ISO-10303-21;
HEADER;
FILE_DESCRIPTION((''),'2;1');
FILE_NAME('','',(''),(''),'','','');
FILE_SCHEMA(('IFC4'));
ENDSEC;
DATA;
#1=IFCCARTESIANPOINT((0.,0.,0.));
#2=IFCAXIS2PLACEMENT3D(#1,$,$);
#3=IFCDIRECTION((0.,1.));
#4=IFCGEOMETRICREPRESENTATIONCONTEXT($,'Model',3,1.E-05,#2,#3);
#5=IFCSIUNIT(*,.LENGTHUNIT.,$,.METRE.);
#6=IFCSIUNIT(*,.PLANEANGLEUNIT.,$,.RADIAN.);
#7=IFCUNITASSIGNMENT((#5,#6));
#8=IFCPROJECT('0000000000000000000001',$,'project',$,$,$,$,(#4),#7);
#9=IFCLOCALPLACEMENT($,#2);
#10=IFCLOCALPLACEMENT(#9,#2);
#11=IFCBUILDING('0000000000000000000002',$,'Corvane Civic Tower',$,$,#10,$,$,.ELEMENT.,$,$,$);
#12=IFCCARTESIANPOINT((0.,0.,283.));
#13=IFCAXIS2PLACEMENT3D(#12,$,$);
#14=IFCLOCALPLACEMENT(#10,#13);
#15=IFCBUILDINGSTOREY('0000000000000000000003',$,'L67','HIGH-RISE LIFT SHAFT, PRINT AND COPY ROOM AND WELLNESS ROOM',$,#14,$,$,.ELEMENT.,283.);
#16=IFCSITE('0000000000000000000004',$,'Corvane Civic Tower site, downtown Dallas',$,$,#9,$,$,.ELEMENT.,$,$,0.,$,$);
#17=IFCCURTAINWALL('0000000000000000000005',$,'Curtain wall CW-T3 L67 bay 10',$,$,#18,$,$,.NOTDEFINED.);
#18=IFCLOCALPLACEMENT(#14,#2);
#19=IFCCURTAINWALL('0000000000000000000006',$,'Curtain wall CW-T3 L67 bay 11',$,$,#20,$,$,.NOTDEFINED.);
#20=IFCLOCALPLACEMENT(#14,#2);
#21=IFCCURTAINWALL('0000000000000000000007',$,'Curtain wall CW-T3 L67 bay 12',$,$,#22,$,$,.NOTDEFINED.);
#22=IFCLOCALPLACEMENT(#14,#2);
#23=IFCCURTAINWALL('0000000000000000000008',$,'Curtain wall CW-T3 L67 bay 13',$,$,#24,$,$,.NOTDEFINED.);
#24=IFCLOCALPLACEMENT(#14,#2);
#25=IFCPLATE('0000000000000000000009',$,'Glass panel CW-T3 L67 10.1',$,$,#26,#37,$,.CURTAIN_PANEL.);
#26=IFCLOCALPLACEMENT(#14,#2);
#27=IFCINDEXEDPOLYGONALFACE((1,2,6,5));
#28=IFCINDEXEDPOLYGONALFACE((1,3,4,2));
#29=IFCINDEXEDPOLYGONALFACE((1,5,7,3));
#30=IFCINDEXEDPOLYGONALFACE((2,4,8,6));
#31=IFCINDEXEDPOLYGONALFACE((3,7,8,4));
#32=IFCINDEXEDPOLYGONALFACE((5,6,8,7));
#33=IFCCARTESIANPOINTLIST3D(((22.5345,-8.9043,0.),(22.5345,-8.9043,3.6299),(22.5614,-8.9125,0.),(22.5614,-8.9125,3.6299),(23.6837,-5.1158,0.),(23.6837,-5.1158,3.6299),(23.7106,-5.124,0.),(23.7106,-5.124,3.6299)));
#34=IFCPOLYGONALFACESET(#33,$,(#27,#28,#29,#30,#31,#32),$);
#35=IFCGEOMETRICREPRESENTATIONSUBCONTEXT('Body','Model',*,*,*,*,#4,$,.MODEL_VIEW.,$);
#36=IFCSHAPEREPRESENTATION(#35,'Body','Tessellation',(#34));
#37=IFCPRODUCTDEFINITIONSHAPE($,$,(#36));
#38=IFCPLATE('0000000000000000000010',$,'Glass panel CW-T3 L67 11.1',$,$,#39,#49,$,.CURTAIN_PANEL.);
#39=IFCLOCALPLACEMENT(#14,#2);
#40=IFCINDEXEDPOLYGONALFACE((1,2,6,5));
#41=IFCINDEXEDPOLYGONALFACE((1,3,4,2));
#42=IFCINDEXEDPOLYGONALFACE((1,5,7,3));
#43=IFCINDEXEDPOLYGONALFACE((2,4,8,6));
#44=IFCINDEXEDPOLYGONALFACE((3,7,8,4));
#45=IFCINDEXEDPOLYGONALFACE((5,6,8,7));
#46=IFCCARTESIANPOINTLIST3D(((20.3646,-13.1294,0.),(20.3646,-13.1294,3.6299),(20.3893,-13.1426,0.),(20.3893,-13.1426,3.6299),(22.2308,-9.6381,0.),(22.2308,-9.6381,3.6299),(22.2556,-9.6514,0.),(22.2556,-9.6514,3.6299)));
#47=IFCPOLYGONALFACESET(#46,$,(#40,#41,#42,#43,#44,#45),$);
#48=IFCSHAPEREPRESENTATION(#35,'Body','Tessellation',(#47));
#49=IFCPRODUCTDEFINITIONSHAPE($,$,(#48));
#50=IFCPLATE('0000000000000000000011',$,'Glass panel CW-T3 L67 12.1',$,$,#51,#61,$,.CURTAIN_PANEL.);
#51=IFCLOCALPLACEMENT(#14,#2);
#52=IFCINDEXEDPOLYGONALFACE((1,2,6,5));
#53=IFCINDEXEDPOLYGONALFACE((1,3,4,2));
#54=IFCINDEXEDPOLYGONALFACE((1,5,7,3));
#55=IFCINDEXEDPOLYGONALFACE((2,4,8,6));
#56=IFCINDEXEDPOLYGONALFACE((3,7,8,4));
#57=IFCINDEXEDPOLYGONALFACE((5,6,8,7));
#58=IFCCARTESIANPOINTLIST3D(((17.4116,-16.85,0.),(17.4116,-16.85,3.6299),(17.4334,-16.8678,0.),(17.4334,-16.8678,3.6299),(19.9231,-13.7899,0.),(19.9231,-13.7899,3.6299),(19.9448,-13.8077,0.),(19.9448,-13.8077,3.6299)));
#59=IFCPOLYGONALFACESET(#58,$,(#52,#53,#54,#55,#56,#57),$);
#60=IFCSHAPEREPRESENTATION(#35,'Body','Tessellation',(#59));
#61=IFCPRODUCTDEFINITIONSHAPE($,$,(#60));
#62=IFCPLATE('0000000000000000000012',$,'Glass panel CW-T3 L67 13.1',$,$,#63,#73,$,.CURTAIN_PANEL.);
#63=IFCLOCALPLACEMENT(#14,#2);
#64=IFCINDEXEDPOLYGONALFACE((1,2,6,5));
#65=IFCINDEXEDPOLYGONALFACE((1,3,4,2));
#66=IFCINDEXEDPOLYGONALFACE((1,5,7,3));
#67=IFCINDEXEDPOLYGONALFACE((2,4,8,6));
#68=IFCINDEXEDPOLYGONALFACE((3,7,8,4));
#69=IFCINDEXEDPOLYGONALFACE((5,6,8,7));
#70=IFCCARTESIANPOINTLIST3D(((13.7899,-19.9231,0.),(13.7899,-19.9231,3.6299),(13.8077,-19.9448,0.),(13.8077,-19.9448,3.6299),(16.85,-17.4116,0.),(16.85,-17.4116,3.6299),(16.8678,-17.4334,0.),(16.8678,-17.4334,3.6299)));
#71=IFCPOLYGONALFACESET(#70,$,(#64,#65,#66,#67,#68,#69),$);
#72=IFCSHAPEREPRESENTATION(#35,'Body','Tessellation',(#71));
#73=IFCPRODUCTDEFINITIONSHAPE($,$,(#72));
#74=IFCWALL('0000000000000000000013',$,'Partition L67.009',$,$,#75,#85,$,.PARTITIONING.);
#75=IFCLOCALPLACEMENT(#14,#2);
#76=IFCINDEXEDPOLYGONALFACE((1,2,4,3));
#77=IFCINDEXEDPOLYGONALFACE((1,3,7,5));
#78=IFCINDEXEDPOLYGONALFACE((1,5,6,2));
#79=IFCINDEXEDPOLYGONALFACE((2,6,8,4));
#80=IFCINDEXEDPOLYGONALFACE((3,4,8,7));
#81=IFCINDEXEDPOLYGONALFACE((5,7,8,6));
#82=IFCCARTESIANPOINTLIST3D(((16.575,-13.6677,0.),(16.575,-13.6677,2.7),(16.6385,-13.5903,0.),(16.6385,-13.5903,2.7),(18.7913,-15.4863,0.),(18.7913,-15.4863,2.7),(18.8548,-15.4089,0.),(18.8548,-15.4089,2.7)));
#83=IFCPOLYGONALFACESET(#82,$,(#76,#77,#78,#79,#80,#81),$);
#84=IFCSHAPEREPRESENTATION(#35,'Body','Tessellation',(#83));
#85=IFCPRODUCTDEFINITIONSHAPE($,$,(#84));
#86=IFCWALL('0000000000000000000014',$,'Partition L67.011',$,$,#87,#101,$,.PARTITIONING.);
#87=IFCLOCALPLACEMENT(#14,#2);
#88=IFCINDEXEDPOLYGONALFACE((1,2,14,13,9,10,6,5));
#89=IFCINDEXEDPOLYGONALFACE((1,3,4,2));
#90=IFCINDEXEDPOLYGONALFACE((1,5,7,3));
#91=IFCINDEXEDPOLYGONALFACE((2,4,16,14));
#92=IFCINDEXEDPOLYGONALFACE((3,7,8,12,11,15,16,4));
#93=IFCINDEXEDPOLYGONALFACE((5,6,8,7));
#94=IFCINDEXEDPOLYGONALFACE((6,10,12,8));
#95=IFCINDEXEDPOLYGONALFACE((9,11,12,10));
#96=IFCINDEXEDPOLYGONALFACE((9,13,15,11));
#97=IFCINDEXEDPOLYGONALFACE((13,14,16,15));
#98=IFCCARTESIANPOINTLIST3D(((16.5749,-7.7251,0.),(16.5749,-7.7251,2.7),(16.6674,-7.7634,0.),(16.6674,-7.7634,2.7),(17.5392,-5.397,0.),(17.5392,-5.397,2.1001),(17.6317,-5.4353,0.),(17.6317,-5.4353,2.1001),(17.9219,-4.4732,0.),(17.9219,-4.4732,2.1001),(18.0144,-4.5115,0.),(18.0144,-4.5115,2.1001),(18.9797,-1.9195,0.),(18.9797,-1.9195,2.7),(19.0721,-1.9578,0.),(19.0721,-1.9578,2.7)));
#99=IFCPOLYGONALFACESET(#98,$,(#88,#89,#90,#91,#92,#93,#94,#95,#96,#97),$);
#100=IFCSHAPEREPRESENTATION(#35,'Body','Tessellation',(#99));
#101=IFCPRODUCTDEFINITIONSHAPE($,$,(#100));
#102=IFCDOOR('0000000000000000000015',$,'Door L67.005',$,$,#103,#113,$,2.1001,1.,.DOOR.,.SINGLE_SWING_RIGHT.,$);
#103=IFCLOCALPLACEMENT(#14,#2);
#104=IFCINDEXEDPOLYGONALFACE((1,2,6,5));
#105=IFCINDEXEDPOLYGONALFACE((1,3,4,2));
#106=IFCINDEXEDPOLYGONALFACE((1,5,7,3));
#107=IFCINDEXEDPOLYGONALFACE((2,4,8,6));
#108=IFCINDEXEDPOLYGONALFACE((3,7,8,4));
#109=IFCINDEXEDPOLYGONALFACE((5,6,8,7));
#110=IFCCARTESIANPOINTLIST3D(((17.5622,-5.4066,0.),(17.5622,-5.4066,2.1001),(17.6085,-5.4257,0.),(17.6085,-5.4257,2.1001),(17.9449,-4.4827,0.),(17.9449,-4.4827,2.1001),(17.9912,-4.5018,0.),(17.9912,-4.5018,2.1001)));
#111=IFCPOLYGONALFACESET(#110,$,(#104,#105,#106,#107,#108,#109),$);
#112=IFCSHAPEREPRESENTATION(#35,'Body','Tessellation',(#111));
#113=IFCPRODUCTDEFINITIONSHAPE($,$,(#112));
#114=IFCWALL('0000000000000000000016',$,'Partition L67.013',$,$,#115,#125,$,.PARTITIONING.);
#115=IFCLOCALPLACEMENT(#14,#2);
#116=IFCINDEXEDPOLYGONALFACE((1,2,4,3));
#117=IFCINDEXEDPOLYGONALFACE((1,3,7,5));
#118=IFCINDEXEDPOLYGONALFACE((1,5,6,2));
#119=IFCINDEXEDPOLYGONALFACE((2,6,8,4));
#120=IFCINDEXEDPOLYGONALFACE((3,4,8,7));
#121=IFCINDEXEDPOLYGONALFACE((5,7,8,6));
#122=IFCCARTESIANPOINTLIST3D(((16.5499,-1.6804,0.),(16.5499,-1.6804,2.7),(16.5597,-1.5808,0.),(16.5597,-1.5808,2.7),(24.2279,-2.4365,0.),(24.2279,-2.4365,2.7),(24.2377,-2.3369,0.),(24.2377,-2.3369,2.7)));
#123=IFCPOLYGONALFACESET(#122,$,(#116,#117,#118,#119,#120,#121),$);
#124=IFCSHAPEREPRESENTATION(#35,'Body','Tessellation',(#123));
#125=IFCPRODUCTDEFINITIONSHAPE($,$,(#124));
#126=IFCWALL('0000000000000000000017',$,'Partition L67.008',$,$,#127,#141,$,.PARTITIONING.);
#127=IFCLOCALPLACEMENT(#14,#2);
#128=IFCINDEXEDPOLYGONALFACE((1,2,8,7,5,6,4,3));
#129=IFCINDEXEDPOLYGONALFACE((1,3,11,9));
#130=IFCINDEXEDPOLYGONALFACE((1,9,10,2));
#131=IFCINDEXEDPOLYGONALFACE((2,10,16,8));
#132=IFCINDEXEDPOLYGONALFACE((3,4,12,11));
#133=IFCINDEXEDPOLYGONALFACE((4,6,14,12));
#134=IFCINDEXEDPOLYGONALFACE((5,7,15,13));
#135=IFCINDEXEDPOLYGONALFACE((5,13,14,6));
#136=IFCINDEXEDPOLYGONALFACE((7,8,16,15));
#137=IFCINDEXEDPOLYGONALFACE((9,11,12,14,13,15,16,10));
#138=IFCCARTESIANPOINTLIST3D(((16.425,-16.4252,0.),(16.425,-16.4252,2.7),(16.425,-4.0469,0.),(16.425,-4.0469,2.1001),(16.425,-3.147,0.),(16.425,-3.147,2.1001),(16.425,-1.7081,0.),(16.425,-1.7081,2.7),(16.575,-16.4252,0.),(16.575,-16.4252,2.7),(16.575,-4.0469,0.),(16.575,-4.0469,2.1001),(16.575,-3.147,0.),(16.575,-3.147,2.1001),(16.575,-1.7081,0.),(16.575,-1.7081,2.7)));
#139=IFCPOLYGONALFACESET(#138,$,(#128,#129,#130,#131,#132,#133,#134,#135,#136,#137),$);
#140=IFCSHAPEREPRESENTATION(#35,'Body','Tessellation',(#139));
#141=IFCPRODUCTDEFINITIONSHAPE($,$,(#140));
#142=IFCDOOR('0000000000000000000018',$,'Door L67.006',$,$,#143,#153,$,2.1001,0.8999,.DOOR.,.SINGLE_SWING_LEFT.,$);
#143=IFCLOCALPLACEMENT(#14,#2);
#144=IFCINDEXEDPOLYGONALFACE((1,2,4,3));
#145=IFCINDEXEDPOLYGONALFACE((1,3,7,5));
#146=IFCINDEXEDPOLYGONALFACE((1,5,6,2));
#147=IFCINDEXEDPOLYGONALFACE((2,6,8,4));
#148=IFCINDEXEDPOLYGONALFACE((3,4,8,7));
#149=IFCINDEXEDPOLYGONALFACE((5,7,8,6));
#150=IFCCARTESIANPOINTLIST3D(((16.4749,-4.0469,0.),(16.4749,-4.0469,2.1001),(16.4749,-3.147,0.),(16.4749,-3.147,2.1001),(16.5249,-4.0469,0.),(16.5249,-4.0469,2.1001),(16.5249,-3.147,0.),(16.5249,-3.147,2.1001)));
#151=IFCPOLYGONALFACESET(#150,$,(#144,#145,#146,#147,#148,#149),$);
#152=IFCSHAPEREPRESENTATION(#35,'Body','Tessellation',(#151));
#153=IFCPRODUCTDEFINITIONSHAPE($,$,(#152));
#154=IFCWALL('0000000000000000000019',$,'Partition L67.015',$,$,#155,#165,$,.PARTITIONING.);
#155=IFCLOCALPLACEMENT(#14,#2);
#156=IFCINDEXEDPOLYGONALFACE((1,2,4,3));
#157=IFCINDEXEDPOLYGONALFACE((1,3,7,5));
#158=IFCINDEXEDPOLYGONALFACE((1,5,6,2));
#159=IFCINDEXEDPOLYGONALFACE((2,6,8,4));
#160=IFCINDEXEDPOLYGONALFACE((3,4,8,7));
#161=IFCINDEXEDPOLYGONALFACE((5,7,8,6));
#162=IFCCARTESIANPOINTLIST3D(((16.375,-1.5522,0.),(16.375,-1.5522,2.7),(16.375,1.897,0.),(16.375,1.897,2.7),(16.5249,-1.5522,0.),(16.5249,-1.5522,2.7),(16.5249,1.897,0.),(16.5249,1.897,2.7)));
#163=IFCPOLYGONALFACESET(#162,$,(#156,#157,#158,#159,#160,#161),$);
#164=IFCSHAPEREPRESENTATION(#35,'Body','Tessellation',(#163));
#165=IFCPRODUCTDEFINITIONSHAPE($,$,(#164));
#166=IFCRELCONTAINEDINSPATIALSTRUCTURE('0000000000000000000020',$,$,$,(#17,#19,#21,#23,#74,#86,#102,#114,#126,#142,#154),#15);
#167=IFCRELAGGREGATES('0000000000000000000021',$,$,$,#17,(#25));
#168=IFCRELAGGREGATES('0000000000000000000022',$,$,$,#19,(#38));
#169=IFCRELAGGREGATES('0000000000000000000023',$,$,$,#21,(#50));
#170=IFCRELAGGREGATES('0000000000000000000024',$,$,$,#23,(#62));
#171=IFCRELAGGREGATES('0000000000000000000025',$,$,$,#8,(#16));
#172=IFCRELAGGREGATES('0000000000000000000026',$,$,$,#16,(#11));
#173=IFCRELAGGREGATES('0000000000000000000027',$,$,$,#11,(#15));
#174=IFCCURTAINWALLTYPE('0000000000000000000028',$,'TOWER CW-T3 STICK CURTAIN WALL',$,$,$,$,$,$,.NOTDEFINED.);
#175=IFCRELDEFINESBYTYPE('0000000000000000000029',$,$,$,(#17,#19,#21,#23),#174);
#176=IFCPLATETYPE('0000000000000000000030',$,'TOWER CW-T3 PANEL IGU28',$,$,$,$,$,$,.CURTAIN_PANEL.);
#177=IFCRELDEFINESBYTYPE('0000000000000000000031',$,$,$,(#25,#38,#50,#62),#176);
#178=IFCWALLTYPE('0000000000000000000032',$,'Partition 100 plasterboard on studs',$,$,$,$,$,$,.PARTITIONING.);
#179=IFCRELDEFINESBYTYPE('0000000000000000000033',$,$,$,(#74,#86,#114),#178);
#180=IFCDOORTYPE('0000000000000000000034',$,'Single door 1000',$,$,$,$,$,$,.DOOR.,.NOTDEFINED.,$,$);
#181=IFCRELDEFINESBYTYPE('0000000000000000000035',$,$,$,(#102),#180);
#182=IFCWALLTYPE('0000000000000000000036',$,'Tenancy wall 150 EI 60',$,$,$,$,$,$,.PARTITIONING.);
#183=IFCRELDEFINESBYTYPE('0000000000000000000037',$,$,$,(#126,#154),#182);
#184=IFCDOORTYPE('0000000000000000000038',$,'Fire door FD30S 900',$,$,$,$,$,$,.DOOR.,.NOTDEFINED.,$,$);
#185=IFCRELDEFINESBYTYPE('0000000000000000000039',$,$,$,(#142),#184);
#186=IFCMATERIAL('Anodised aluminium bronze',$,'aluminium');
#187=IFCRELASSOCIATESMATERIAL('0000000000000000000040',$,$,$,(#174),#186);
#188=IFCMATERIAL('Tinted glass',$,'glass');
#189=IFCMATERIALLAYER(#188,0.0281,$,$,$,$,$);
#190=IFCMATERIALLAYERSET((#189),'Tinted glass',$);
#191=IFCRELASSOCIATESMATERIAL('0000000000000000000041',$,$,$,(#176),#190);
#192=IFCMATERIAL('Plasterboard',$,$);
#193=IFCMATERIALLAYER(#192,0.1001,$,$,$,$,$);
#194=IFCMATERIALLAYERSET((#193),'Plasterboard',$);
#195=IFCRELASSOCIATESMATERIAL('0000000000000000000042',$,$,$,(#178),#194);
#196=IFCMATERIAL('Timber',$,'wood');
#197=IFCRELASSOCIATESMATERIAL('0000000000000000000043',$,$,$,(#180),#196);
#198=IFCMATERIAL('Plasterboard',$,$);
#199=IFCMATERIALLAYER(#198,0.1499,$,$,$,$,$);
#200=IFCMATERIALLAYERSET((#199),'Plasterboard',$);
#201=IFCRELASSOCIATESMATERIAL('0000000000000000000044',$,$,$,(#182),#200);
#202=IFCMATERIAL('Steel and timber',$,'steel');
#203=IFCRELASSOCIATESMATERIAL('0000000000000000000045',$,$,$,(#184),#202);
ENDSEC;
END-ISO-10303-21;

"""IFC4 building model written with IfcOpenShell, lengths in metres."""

from ifc_helpers import new_model, si_unit, direction, frame, frame_2d, origin, origin_2d, place, context, subcontext, project, spatial, rectangle, extrude, material, layer, layer_set, type_object, element, fill, aggregate, save


model = new_model("IFC4")

# Units and contexts
model_context = context("Model", 3, precision=1e-05, world=origin(), true_north=direction((0.0, 1.0)))
body_context = subcontext(model_context, "Body", "Model", "MODEL_VIEW")
ifc_project = project(units=[si_unit("LENGTHUNIT", "METRE"), si_unit("PLANEANGLEUNIT", "RADIAN")], contexts=[model_context])

# Site, building, storey
site_placement = place(None, origin())
site = spatial("IfcSite", under=ifc_project, at=site_placement, Name="Corvane Civic Tower site, downtown Dallas", CompositionType="ELEMENT", RefElevation=0.0)
building_placement = place(site_placement, origin())
building = spatial("IfcBuilding", under=site, at=building_placement, Name="Corvane Civic Tower", CompositionType="ELEMENT")
storey_placement = place(building_placement, frame((0.0, 0.0, 283.0)))
storey = spatial("IfcBuildingStorey", under=building, at=storey_placement, Name="L67", Description="HIGH-RISE LIFT SHAFT, PRINT AND COPY ROOM AND WELLNESS ROOM", CompositionType="ELEMENT", Elevation=283.0)

# Curtain walls
ifc_material_1 = material(Name="Anodised aluminium bronze", Category="aluminium")
curtain_wall_type = type_object("IfcCurtainWallType", Name="TOWER CW-T3 STICK CURTAIN WALL", PredefinedType="NOTDEFINED", material=ifc_material_1)
curtain_wall_1_placement = place(storey_placement, origin())
curtain_wall_1 = element("IfcCurtainWall", 1, at=curtain_wall_1_placement, inside=storey, type_object=curtain_wall_type, Name="Curtain wall CW-T3 L67 bay 10", PredefinedType="NOTDEFINED")
curtain_wall_2_placement = place(storey_placement, origin())
curtain_wall_2 = element("IfcCurtainWall", 2, at=curtain_wall_2_placement, inside=storey, type_object=curtain_wall_type, Name="Curtain wall CW-T3 L67 bay 11", PredefinedType="NOTDEFINED")
curtain_wall_3_placement = place(storey_placement, origin())
curtain_wall_3 = element("IfcCurtainWall", 3, at=curtain_wall_3_placement, inside=storey, type_object=curtain_wall_type, Name="Curtain wall CW-T3 L67 bay 12", PredefinedType="NOTDEFINED")
curtain_wall_4_placement = place(storey_placement, origin())
curtain_wall_4 = element("IfcCurtainWall", 4, at=curtain_wall_4_placement, inside=storey, type_object=curtain_wall_type, Name="Curtain wall CW-T3 L67 bay 13", PredefinedType="NOTDEFINED")

# Plates
ifc_material_2 = material(Name="Tinted glass", Category="glass")
ifc_layer_1 = layer(ifc_material_2, 0.0281)
ifc_layer_set_1 = layer_set([ifc_layer_1], Name="Tinted glass")
plate_type = type_object("IfcPlateType", Name="TOWER CW-T3 PANEL IGU28", PredefinedType="CURTAIN_PANEL", material=ifc_layer_set_1)
plate_1_placement = place(storey_placement, frame((23.1226, -7.0142, 0.0), z_axis=(0.0, 0.0, 1.0), x_axis=(-0.290274, -0.956944, 0.0)))
plate_1 = element("IfcPlate", 5, at=plate_1_placement, type_object=plate_type, Name="Glass panel CW-T3 L67 10.1", PredefinedType="CURTAIN_PANEL", context=body_context, shape_type="SweptSolid", body=[
    extrude(rectangle(XDim=3.959, YDim=0.0281, at=origin_2d()), origin(), (0.0, 0.0, 1.0), 3.6299),
])
aggregate(curtain_wall_1, [plate_1])
plate_2_placement = place(storey_placement, frame((21.3101, -11.3904, 0.0), z_axis=(0.0, 0.0, 1.0), x_axis=(-0.471421, -0.881908, 0.0)))
plate_2 = element("IfcPlate", 6, at=plate_2_placement, type_object=plate_type, Name="Glass panel CW-T3 L67 11.1", PredefinedType="CURTAIN_PANEL", context=body_context, shape_type="SweptSolid", body=[
    extrude(rectangle(XDim=3.9587, YDim=0.0281, at=origin_2d()), origin(), (0.0, 0.0, 1.0), 3.6299),
])
aggregate(curtain_wall_2, [plate_2])
plate_3_placement = place(storey_placement, frame((18.6782, -15.3289, 0.0), z_axis=(0.0, 0.0, 1.0), x_axis=(-0.634405, -0.773001, 0.0)))
plate_3 = element("IfcPlate", 7, at=plate_3_placement, type_object=plate_type, Name="Glass panel CW-T3 L67 12.1", PredefinedType="CURTAIN_PANEL", context=body_context, shape_type="SweptSolid", body=[
    extrude(rectangle(XDim=3.9587, YDim=0.0281, at=origin_2d()), origin(), (0.0, 0.0, 1.0), 3.6299),
])
aggregate(curtain_wall_3, [plate_3])
plate_4_placement = place(storey_placement, frame((15.3289, -18.6782, 0.0), z_axis=(0.0, 0.0, 1.0), x_axis=(-0.773001, -0.634405, 0.0)))
plate_4 = element("IfcPlate", 8, at=plate_4_placement, type_object=plate_type, Name="Glass panel CW-T3 L67 13.1", PredefinedType="CURTAIN_PANEL", context=body_context, shape_type="SweptSolid", body=[
    extrude(rectangle(XDim=3.9587, YDim=0.0281, at=origin_2d()), origin(), (0.0, 0.0, 1.0), 3.6299),
])
aggregate(curtain_wall_4, [plate_4])

# Wall
ifc_material_3 = material(Name="Plasterboard")
ifc_layer_2 = layer(ifc_material_3, 0.1001)
ifc_layer_set_2 = layer_set([ifc_layer_2], Name="Plasterboard")
wall_type_1 = type_object("IfcWallType", Name="Partition 100 plasterboard on studs", PredefinedType="PARTITIONING", material=ifc_layer_set_2)
wall_1_placement = place(storey_placement, frame((16.6067, -13.6289, 0.0), z_axis=(0.0, 0.0, 1.0), x_axis=(0.773057, -0.634336, 0.0)))
element("IfcWall", 9, at=wall_1_placement, inside=storey, type_object=wall_type_1, Name="Partition L67.009", PredefinedType="PARTITIONING", context=body_context, shape_type="SweptSolid", body=[
    extrude(rectangle(XDim=2.8669, YDim=0.1001, at=frame_2d((1.4336, 0.0))), origin(), (0.0, 0.0, 1.0), 2.7),
])

# Wall, opening, door
wall_2_placement = place(storey_placement, frame((16.6211, -7.7444, 0.0), z_axis=(0.0, 0.0, 1.0), x_axis=(0.382683, 0.92388, 0.0)))
wall_2 = element("IfcWall", 10, at=wall_2_placement, inside=storey, type_object=wall_type_1, Name="Partition L67.011", PredefinedType="PARTITIONING", context=body_context, shape_type="SweptSolid", body=[
    extrude(rectangle(XDim=6.2839, YDim=0.1001, at=frame_2d((3.1421, 0.0))), origin(), (0.0, 0.0, 1.0), 2.7),
])
opening_1_placement = place(wall_2_placement, frame((2.52, 0.0, 0.0)))
opening_1 = element("IfcOpeningElement", 11, at=opening_1_placement, cuts=wall_2, PredefinedType="OPENING", context=body_context, shape_type="SweptSolid", body=[
    extrude(rectangle(XDim=1.0, YDim=2.1001, at=frame_2d((0.5, 1.05))), frame((0.0, 0.0601, 0.0), z_axis=(0.0, -1.0, 0.0), x_axis=(1.0, 0.0, 0.0)), (0.0, 0.0, 1.0), 0.1201),
])
ifc_material_4 = material(Name="Timber", Category="wood")
door_type_1 = type_object("IfcDoorType", Name="Single door 1000", OperationType="NOTDEFINED", PredefinedType="DOOR", material=ifc_material_4)
door_1_placement = place(opening_1_placement, frame((1.0, 0.0, 0.0), z_axis=(0.0, 0.0, 1.0), x_axis=(-1.0, 0.0, 0.0)))
door_1 = element("IfcDoor", 12, at=door_1_placement, inside=storey, type_object=door_type_1, Name="Door L67.005", OperationType="SINGLE_SWING_RIGHT", OverallHeight=2.1001, OverallWidth=1.0, PredefinedType="DOOR", context=body_context, shape_type="SweptSolid", body=[
    extrude(rectangle(XDim=1.0, YDim=2.1001, at=frame_2d((0.5, 1.05))), frame((0.0, 0.0249, 0.0), z_axis=(0.0, -1.0, 0.0), x_axis=(1.0, 0.0, 0.0)), (0.0, 0.0, 1.0), 0.05),
])
fill(opening_1, door_1)

# Wall
wall_3_placement = place(storey_placement, frame((16.5549, -1.6306, 0.0), z_axis=(0.0, 0.0, 1.0), x_axis=(0.995186, -0.098003, 0.0)))
element("IfcWall", 13, at=wall_3_placement, inside=storey, type_object=wall_type_1, Name="Partition L67.013", PredefinedType="PARTITIONING", context=body_context, shape_type="SweptSolid", body=[
    extrude(rectangle(XDim=7.7151, YDim=0.1001, at=frame_2d((3.8574, 0.0))), origin(), (0.0, 0.0, 1.0), 2.7),
])

# Wall, opening, door
ifc_material_5 = material(Name="Plasterboard")
ifc_layer_3 = layer(ifc_material_5, 0.1499)
ifc_layer_set_3 = layer_set([ifc_layer_3], Name="Plasterboard")
wall_type_2 = type_object("IfcWallType", Name="Tenancy wall 150 EI 60", PredefinedType="PARTITIONING", material=ifc_layer_set_3)
wall_4_placement = place(storey_placement, frame((16.5, -16.425, 0.0), z_axis=(0.0, 0.0, 1.0), x_axis=(0.0, 1.0, 0.0)))
wall_4 = element("IfcWall", 14, at=wall_4_placement, inside=storey, type_object=wall_type_2, Name="Partition L67.008", PredefinedType="PARTITIONING", context=body_context, shape_type="SweptSolid", body=[
    extrude(rectangle(XDim=14.717, YDim=0.1499, at=frame_2d((7.3584, 0.0))), origin(), (0.0, 0.0, 1.0), 2.7),
])
opening_2_placement = place(wall_4_placement, frame((12.3782, 0.0, 0.0)))
opening_2 = element("IfcOpeningElement", 15, at=opening_2_placement, cuts=wall_4, PredefinedType="OPENING", context=body_context, shape_type="SweptSolid", body=[
    extrude(rectangle(XDim=0.8999, YDim=2.1001, at=frame_2d((0.45, 1.05))), frame((0.0, 0.085, 0.0), z_axis=(0.0, -1.0, 0.0), x_axis=(1.0, 0.0, 0.0)), (0.0, 0.0, 1.0), 0.1699),
])
ifc_material_6 = material(Name="Steel and timber", Category="steel")
door_type_2 = type_object("IfcDoorType", Name="Fire door FD30S 900", OperationType="NOTDEFINED", PredefinedType="DOOR", material=ifc_material_6)
door_2_placement = place(opening_2_placement, frame((0.8999, 0.0, 0.0), z_axis=(0.0, 0.0, 1.0), x_axis=(-1.0, 0.0, 0.0)))
door_2 = element("IfcDoor", 16, at=door_2_placement, inside=storey, type_object=door_type_2, Name="Door L67.006", OperationType="SINGLE_SWING_LEFT", OverallHeight=2.1001, OverallWidth=0.8999, PredefinedType="DOOR", context=body_context, shape_type="SweptSolid", body=[
    extrude(rectangle(XDim=0.8999, YDim=2.1001, at=frame_2d((0.45, 1.05))), frame((0.0, 0.0249, 0.0), z_axis=(0.0, -1.0, 0.0), x_axis=(1.0, 0.0, 0.0)), (0.0, 0.0, 1.0), 0.05),
])
fill(opening_2, door_2)

# Wall
wall_5_placement = place(storey_placement, frame((16.45, -1.5522, 0.0), z_axis=(0.0, 0.0, 1.0), x_axis=(0.0, 1.0, 0.0)))
element("IfcWall", 17, at=wall_5_placement, inside=storey, type_object=wall_type_2, Name="Partition L67.015", PredefinedType="PARTITIONING", context=body_context, shape_type="SweptSolid", body=[
    extrude(rectangle(XDim=3.4492, YDim=0.1499, at=frame_2d((1.7246, 0.0))), origin(), (0.0, 0.0, 1.0), 2.7),
])

save(model, "model.ifc")
